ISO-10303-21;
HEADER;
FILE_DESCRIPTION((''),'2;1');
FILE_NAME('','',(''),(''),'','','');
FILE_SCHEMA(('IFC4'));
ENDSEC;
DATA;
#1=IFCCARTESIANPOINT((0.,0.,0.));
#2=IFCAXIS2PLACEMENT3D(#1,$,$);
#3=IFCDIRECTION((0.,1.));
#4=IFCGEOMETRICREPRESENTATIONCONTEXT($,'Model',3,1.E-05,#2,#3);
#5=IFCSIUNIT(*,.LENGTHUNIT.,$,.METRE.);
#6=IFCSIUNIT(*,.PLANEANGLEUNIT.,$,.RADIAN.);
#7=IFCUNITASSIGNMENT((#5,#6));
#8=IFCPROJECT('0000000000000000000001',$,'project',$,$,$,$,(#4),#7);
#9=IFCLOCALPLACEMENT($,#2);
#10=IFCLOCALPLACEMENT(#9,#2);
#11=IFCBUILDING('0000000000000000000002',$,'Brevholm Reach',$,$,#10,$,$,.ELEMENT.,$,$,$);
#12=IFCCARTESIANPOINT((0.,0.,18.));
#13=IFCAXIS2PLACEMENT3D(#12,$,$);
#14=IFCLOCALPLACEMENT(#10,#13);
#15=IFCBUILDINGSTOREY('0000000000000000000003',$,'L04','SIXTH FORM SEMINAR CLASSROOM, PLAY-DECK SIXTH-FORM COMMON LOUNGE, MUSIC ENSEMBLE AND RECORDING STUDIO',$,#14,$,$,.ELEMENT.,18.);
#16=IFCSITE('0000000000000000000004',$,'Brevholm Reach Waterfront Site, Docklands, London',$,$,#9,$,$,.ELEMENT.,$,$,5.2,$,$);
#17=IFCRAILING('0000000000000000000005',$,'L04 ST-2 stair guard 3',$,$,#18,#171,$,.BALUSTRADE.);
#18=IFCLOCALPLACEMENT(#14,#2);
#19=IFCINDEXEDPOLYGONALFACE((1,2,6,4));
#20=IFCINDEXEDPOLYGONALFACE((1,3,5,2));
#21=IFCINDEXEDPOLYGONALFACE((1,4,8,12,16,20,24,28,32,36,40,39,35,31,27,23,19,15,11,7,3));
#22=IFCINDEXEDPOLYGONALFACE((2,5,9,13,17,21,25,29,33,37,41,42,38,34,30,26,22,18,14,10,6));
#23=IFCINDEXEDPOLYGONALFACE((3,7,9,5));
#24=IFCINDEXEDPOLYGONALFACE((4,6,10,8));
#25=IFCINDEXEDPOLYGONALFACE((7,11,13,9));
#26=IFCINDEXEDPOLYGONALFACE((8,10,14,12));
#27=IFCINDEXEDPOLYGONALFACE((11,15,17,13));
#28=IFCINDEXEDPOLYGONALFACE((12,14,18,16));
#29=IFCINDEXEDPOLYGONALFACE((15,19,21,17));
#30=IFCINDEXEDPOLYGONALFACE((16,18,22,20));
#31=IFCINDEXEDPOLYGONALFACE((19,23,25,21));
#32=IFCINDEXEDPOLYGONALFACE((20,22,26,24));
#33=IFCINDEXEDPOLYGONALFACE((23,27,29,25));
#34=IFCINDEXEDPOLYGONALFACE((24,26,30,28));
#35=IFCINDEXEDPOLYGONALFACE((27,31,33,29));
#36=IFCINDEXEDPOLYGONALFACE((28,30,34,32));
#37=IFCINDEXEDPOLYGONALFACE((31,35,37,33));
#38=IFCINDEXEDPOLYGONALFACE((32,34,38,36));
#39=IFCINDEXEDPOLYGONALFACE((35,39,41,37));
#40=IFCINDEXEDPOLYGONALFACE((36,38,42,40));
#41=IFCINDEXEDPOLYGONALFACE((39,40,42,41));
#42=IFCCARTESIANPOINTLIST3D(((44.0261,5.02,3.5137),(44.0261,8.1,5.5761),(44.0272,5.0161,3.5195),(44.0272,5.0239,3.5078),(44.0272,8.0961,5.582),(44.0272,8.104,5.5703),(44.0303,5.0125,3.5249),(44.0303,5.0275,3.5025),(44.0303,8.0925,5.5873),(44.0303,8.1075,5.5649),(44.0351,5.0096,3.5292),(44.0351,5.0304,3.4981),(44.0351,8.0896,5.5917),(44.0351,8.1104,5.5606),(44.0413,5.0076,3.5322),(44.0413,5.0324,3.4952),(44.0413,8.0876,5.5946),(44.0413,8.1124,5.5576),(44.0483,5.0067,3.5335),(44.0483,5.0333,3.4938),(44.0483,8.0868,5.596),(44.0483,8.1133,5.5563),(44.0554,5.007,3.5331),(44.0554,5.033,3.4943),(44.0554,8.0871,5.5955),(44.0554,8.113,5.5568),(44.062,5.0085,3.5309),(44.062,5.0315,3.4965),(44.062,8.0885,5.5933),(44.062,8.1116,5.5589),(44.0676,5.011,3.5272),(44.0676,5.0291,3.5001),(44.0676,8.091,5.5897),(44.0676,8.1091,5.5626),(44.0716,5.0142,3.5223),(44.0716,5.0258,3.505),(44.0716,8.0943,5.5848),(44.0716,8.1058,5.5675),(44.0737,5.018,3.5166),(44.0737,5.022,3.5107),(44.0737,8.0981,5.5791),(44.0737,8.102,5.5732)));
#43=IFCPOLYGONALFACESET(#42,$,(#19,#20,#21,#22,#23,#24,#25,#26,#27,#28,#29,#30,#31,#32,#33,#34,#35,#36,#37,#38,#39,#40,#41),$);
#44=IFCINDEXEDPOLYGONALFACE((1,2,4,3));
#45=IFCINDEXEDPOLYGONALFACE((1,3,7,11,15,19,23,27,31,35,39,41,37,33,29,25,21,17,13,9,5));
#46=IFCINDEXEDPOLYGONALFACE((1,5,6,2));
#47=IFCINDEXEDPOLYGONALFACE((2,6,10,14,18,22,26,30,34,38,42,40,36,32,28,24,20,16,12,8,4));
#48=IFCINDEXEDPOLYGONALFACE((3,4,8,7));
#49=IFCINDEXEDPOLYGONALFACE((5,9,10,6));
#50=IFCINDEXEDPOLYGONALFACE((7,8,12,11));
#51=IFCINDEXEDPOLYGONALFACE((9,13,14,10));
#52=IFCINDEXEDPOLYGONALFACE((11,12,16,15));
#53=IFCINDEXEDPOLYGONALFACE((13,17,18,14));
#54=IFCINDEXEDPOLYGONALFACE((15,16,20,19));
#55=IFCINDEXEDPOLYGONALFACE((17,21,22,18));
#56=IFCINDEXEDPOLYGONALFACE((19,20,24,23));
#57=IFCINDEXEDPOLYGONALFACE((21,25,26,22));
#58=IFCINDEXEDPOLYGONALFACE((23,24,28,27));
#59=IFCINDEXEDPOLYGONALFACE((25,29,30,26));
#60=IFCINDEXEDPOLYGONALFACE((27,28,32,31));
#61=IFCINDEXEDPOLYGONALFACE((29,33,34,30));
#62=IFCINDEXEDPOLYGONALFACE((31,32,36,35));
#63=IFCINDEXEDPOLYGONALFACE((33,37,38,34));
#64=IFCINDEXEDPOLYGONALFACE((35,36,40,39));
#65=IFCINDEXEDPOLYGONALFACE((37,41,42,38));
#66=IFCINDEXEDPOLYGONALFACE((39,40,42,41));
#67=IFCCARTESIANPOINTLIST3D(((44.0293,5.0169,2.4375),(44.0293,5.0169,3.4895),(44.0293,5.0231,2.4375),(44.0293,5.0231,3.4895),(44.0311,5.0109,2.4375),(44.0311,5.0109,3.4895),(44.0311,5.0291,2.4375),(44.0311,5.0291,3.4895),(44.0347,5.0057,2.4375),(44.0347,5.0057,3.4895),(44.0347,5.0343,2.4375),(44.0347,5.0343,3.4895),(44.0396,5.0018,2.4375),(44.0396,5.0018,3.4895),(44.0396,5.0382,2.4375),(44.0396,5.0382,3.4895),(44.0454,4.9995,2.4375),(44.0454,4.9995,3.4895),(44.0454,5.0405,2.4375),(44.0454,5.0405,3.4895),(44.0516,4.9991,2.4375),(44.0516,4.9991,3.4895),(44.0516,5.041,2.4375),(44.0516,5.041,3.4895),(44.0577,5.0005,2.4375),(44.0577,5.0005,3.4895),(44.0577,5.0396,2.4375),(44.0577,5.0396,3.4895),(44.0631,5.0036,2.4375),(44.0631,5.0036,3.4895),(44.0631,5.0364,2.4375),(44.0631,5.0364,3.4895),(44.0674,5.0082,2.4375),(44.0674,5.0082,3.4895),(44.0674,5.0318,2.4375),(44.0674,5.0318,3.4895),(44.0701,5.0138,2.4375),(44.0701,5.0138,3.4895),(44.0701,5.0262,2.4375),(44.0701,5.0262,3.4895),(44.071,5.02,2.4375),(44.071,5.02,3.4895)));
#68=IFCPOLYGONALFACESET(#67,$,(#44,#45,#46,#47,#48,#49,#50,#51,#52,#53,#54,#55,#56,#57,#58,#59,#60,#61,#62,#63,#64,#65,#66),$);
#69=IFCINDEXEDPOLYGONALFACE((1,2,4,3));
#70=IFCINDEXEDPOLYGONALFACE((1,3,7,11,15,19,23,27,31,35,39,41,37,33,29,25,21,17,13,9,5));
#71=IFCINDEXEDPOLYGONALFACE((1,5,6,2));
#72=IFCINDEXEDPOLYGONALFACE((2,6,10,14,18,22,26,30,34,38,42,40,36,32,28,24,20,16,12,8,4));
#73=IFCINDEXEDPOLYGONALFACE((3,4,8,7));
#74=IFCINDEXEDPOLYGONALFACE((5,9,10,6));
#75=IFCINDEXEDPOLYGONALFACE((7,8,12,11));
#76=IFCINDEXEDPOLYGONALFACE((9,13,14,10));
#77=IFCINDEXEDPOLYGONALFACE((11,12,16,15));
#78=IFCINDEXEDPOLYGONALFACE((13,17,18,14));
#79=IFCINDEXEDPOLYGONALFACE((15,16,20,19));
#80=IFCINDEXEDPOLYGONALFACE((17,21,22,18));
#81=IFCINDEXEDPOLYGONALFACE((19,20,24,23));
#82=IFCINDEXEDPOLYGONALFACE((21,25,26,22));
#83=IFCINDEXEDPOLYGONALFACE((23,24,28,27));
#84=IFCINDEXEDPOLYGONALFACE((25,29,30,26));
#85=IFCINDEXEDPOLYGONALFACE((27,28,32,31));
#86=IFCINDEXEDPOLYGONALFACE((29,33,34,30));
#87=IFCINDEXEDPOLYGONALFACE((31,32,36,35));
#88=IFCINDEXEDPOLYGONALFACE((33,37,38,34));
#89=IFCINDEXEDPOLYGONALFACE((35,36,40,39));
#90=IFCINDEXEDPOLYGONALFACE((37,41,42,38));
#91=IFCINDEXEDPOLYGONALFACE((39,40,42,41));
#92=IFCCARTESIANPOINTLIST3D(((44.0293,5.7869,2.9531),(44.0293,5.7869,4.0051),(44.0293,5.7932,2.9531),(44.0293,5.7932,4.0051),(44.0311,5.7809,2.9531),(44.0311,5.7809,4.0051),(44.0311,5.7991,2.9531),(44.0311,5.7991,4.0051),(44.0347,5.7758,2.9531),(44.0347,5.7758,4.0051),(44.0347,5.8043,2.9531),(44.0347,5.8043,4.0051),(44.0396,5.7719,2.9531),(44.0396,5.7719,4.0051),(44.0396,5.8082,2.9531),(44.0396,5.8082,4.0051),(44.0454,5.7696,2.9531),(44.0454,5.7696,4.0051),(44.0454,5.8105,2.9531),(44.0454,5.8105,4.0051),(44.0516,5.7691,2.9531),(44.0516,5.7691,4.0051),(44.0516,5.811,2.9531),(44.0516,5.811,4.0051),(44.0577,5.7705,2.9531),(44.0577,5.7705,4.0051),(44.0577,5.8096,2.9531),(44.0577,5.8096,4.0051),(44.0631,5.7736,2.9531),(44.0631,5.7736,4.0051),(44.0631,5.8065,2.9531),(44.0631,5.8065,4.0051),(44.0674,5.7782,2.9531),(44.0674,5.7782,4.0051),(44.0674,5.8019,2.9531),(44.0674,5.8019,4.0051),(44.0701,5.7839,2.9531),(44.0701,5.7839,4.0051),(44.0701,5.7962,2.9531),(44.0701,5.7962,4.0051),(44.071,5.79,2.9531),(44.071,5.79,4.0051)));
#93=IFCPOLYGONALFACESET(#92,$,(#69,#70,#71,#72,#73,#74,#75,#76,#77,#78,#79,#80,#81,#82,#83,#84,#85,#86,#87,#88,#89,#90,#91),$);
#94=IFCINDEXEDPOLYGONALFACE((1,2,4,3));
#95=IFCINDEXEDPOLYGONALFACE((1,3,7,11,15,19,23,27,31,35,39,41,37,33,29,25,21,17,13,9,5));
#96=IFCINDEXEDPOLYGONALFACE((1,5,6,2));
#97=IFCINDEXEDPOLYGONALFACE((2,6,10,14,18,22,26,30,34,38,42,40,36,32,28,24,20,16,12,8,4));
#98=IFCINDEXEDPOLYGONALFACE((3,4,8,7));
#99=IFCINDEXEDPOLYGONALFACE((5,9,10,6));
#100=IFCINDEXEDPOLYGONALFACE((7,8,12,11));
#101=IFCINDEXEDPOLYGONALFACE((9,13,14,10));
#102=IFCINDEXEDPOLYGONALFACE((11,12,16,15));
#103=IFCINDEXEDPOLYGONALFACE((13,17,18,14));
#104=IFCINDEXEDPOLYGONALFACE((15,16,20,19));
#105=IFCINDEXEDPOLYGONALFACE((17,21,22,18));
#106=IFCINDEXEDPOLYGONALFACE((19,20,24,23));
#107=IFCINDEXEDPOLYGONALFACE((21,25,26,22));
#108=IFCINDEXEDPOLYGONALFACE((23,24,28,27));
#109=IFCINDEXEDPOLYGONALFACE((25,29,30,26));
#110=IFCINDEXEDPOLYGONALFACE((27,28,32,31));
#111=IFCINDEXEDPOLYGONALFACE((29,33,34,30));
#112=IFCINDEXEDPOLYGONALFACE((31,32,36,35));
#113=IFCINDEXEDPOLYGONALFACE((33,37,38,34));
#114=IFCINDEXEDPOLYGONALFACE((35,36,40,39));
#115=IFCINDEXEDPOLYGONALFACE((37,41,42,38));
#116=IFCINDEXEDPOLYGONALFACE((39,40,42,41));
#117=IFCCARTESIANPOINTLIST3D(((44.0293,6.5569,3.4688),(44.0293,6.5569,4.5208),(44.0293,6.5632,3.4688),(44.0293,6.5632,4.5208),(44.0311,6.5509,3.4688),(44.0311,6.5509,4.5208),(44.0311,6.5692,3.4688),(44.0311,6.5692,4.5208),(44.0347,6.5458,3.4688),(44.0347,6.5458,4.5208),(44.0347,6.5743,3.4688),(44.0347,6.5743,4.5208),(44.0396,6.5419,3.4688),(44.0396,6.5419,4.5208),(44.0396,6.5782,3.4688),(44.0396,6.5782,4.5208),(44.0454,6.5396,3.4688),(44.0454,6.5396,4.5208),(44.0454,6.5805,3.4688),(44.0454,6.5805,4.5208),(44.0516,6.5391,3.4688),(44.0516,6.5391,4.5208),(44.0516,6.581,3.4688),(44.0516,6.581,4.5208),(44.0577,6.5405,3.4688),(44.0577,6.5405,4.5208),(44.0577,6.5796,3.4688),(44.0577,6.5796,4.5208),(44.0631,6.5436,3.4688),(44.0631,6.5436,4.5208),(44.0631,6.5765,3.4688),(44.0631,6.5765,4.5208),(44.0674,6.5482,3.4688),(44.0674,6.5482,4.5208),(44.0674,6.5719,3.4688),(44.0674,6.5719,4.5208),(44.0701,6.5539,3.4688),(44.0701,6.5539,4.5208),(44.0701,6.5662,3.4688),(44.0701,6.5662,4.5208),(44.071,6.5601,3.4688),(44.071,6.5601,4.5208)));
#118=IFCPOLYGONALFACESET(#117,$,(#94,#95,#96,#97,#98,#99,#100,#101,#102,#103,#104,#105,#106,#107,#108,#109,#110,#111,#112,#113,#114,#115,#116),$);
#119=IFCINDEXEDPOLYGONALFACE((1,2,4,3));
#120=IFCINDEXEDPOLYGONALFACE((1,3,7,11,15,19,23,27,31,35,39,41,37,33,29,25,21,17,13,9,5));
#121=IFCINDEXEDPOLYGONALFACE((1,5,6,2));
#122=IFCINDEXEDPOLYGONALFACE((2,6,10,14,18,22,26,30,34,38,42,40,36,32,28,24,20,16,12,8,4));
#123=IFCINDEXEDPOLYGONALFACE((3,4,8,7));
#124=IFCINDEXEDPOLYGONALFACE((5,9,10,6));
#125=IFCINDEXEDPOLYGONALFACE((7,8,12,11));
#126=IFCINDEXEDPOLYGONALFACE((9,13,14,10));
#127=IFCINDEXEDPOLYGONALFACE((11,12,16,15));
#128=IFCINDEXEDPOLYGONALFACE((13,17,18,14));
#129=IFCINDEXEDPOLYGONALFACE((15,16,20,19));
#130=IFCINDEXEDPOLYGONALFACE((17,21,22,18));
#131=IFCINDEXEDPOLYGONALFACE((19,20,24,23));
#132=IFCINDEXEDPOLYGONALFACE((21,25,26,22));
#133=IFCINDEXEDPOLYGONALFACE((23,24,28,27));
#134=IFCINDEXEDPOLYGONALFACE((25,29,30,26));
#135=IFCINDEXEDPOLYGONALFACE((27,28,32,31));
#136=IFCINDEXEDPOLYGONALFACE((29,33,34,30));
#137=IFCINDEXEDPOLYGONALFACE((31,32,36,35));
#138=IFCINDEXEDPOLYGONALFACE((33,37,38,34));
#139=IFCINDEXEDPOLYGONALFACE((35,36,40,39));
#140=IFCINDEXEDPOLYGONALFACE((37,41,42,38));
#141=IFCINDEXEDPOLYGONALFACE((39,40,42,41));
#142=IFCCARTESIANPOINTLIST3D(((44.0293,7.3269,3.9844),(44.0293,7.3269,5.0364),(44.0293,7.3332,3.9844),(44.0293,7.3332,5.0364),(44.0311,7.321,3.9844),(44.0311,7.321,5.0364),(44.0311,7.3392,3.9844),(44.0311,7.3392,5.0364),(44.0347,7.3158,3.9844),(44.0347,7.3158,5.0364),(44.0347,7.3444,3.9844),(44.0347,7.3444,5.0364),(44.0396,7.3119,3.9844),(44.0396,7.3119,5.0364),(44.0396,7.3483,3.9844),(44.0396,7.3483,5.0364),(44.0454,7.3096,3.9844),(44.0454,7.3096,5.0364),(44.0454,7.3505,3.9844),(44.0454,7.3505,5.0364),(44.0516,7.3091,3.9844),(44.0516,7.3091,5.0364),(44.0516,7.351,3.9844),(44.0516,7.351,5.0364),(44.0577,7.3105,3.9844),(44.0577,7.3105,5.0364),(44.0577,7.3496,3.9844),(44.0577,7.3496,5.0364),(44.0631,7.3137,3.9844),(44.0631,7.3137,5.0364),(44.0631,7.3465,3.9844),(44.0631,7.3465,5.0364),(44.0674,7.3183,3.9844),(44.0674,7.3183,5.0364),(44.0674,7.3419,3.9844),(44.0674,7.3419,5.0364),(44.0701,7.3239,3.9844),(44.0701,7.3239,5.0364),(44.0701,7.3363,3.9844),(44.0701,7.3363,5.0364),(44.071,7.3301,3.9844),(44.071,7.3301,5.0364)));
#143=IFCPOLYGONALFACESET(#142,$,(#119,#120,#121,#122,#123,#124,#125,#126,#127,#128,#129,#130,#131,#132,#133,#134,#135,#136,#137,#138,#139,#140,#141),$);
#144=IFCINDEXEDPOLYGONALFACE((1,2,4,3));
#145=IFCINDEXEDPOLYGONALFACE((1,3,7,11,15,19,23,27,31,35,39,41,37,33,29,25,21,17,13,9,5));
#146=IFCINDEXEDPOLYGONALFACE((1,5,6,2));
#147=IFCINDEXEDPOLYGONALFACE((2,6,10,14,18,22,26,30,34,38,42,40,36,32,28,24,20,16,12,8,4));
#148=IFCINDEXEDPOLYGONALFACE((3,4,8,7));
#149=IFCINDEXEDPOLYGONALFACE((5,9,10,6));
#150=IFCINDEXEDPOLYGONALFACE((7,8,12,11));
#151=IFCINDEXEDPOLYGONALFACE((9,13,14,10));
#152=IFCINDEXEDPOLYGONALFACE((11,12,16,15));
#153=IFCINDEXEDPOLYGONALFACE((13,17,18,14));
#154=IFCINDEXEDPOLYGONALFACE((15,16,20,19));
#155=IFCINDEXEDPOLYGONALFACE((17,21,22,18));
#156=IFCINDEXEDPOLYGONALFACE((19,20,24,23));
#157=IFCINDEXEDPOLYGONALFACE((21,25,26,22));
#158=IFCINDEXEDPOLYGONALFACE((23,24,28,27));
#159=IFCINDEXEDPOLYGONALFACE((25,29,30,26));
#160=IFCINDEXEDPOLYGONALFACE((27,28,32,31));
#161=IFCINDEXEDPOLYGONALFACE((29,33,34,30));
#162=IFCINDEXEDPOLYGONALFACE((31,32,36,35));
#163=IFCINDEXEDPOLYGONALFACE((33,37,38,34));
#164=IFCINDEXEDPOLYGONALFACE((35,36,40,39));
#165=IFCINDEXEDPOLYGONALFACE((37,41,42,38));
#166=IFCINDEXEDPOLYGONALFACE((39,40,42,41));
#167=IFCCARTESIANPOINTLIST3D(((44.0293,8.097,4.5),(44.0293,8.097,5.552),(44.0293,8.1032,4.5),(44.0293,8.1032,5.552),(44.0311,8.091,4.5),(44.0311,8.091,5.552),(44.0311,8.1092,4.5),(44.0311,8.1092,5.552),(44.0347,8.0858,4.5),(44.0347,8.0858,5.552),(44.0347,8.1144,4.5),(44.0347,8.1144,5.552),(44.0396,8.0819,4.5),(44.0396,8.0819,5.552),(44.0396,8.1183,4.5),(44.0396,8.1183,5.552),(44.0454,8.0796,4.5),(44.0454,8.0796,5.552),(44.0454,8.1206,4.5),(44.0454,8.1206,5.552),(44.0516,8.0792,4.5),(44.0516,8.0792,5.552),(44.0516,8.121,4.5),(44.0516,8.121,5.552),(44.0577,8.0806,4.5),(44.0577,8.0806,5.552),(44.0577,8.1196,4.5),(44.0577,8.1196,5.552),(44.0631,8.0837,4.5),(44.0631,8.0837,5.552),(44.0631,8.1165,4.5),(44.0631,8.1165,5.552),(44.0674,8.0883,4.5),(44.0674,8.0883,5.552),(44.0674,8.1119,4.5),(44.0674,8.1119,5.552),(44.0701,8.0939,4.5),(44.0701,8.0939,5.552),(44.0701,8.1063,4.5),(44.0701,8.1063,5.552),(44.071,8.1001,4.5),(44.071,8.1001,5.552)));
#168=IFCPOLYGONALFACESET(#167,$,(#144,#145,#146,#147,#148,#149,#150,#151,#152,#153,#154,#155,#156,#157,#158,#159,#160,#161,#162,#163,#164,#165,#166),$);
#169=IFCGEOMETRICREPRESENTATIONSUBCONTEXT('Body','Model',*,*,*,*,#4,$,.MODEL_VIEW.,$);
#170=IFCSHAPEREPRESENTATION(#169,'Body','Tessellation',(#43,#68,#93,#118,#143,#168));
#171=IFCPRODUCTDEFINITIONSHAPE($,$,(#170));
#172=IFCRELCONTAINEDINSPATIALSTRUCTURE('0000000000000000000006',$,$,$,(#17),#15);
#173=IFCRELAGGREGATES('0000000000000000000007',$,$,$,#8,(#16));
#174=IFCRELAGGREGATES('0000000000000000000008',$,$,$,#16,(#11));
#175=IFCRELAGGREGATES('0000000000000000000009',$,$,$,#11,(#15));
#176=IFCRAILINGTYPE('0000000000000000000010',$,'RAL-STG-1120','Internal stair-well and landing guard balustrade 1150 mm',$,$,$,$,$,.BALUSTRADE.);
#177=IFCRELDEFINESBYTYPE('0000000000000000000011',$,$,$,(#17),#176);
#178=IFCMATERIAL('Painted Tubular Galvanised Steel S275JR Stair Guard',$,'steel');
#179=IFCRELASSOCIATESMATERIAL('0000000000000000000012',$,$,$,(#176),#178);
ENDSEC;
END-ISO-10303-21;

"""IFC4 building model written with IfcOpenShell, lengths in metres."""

from ifc_helpers import new_model, si_unit, direction, frame, origin, origin_2d, place, context, subcontext, project, spatial, circle, extrude, material, type_object, element, save


model = new_model("IFC4")

# Units and contexts
model_context = context("Model", 3, precision=1e-05, world=origin(), true_north=direction((0.0, 1.0)))
body_context = subcontext(model_context, "Body", "Model", "MODEL_VIEW")
ifc_project = project(units=[si_unit("LENGTHUNIT", "METRE"), si_unit("PLANEANGLEUNIT", "RADIAN")], contexts=[model_context])

# Site, building, storey
site_placement = place(None, origin())
site = spatial("IfcSite", under=ifc_project, at=site_placement, Name="Brevholm Reach Waterfront Site, Docklands, London", CompositionType="ELEMENT", RefElevation=5.2)
building_placement = place(site_placement, origin())
building = spatial("IfcBuilding", under=site, at=building_placement, Name="Brevholm Reach", CompositionType="ELEMENT")
storey_placement = place(building_placement, frame((0.0, 0.0, 18.0)))
storey = spatial("IfcBuildingStorey", under=building, at=storey_placement, Name="L04", Description="SIXTH FORM SEMINAR CLASSROOM, PLAY-DECK SIXTH-FORM COMMON LOUNGE, MUSIC ENSEMBLE AND RECORDING STUDIO", CompositionType="ELEMENT", Elevation=18.0)

# Railing
ifc_material_1 = material(Name="Painted Tubular Galvanised Steel S275JR Stair Guard", Category="steel")
railing_type_1 = type_object("IfcRailingType", Name="RAL-STG-1120", Description="Internal stair-well and landing guard balustrade 1150 mm", PredefinedType="BALUSTRADE", material=ifc_material_1)
railing_1_placement = place(storey_placement, frame((44.05, 5.02, 2.4375)))
element("IfcRailing", 1, at=railing_1_placement, inside=storey, type_object=railing_type_1, Name="L04 ST-2 stair guard 3", PredefinedType="BALUSTRADE", context=body_context, shape_type="SweptSolid", body=[
    extrude(circle(Radius=0.0239, at=origin_2d()), frame((0.0, 0.0, 1.0762), z_axis=(0.0, 0.830914, 0.556401), x_axis=(-1.0, 0.0, 0.0)), (0.0, 0.0, 1.0), 3.7068),
    extrude(circle(Radius=0.021, at=origin_2d()), origin(), (0.0, 0.0, 1.0), 1.052),
    extrude(circle(Radius=0.021, at=origin_2d()), frame((0.0, 0.77, 0.5156)), (0.0, 0.0, 1.0), 1.052),
    extrude(circle(Radius=0.021, at=origin_2d()), frame((0.0, 1.54, 1.0312)), (0.0, 0.0, 1.0), 1.052),
    extrude(circle(Radius=0.021, at=origin_2d()), frame((0.0, 2.3101, 1.5469)), (0.0, 0.0, 1.0), 1.052),
    extrude(circle(Radius=0.021, at=origin_2d()), frame((0.0, 3.0801, 2.0625)), (0.0, 0.0, 1.0), 1.052),
])

save(model, "model.ifc")
